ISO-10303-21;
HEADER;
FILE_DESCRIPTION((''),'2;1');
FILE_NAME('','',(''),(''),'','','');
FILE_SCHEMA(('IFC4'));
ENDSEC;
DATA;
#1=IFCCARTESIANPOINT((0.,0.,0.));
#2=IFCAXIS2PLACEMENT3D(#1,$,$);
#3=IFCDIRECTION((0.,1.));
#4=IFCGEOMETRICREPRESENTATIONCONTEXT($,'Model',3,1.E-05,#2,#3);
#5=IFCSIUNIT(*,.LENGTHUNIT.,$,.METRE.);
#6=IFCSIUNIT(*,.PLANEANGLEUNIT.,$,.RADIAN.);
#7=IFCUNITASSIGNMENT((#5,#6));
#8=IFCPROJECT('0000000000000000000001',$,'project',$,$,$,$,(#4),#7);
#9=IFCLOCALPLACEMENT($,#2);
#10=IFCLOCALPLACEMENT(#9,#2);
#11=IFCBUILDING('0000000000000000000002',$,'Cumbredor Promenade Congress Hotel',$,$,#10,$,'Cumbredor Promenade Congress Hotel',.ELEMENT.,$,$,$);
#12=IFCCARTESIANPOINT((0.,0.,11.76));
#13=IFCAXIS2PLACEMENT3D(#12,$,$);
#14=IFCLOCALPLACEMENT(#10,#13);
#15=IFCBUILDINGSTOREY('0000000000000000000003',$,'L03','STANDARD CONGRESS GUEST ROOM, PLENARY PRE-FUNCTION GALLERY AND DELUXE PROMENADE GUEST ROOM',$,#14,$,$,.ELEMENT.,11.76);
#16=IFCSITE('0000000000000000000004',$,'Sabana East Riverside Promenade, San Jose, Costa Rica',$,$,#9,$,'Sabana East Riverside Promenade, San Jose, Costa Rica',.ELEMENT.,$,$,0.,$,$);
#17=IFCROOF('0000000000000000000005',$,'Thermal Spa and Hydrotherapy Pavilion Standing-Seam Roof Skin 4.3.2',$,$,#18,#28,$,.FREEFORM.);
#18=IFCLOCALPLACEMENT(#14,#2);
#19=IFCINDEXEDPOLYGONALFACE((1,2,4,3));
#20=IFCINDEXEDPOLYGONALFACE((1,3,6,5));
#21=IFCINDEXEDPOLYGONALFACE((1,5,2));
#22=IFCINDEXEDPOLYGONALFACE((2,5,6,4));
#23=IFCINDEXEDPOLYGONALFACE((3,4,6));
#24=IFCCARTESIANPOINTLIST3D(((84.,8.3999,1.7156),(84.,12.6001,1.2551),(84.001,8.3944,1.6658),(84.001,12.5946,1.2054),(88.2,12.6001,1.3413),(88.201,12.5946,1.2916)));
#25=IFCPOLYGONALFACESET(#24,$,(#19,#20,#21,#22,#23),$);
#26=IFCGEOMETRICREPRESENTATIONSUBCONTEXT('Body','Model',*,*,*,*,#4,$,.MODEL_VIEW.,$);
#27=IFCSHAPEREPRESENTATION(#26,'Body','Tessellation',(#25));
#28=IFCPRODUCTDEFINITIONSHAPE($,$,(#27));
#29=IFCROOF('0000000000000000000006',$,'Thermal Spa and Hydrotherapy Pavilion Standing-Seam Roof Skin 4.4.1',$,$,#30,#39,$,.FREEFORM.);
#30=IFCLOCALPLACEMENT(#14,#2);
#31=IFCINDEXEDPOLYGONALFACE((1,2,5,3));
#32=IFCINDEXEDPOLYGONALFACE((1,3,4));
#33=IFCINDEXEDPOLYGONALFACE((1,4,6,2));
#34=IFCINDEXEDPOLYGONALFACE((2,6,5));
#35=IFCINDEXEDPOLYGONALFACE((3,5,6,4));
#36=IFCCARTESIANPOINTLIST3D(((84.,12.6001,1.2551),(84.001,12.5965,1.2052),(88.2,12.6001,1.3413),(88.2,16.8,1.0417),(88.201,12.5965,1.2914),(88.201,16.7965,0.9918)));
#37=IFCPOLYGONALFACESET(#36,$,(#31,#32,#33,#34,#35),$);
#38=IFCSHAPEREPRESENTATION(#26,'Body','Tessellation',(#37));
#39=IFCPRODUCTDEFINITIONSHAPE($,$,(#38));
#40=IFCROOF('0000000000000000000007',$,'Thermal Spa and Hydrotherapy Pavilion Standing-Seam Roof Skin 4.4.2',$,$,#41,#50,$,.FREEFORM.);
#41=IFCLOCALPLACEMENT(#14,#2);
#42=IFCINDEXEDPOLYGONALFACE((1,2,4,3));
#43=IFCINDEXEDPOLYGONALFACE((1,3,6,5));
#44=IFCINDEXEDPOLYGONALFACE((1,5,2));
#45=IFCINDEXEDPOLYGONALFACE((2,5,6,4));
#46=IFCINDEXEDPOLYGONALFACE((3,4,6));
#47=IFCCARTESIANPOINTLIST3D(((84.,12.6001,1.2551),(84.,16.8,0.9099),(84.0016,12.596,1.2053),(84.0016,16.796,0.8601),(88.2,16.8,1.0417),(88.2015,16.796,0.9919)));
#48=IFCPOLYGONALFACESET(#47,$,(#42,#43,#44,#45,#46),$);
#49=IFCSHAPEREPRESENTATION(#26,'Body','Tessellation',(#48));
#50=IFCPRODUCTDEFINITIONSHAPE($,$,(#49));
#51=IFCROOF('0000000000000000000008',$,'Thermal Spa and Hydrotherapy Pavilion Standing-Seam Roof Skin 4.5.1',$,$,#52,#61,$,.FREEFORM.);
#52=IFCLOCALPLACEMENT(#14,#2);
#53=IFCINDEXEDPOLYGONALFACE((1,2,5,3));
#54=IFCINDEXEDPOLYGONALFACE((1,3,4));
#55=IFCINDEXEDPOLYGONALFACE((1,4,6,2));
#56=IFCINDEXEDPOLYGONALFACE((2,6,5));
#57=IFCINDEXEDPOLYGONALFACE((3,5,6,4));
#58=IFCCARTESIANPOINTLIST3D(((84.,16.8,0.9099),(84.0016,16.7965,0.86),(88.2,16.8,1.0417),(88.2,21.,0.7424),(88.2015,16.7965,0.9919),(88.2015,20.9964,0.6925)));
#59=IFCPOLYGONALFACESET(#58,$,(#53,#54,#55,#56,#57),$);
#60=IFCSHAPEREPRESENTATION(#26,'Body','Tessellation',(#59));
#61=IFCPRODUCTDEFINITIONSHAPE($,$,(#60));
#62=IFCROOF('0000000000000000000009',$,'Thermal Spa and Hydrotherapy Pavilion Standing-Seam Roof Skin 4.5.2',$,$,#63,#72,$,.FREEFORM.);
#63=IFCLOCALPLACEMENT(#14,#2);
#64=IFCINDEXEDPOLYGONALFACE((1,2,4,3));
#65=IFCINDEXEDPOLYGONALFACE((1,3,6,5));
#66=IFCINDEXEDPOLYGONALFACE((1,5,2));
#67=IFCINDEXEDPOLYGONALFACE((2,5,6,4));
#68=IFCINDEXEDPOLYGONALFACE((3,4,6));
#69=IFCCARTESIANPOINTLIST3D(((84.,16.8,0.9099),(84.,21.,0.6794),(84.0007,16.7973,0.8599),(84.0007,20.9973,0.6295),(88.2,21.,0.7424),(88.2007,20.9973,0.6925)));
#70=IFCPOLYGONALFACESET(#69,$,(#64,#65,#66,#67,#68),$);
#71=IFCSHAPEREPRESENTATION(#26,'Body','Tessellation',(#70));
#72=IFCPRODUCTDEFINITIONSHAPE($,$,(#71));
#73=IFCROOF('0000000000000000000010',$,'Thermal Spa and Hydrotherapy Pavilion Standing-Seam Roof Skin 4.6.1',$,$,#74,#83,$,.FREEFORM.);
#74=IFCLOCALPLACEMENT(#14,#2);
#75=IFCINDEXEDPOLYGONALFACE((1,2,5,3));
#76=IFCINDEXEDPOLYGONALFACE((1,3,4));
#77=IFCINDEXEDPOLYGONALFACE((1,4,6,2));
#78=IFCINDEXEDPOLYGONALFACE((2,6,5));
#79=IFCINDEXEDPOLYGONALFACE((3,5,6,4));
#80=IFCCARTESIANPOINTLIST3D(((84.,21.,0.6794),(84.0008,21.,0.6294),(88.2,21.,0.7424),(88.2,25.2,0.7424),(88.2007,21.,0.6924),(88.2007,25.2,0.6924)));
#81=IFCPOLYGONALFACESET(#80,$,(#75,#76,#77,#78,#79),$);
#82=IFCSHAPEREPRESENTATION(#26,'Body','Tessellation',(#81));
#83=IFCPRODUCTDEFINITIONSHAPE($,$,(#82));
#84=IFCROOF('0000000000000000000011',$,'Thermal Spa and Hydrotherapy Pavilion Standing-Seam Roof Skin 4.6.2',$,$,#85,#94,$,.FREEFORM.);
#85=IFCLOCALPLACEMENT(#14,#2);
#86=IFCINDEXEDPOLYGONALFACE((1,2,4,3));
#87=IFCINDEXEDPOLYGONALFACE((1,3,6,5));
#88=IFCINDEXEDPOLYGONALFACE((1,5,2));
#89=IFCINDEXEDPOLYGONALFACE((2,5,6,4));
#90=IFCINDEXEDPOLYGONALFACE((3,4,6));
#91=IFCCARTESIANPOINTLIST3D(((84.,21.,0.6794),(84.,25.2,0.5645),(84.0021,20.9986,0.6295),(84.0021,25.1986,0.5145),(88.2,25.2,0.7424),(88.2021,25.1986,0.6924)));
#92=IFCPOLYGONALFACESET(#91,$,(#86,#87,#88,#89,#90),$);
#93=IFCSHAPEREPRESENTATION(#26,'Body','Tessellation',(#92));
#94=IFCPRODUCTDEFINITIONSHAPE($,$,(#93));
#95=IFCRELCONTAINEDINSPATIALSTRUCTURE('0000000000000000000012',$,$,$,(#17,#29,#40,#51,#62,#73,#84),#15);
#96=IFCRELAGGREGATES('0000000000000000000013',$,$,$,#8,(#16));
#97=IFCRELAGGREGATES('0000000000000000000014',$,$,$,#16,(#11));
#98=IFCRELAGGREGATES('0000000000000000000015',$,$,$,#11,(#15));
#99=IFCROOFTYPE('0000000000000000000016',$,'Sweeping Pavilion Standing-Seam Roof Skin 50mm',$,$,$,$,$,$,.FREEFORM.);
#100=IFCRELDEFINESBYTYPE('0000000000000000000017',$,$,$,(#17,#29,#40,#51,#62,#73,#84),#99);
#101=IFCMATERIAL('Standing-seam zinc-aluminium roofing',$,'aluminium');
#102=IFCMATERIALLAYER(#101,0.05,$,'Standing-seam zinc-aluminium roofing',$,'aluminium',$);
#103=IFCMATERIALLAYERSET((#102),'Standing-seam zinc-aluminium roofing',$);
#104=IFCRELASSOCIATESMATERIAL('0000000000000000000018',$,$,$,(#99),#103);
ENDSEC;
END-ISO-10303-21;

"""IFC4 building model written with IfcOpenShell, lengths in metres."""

from ifc_helpers import new_model, si_unit, direction, frame, origin, place, context, subcontext, project, spatial, polyline, outline, extrude, material, layer, layer_set, type_object, element, save


model = new_model("IFC4")

# Units and contexts
model_context = context("Model", 3, precision=1e-05, world=origin(), true_north=direction((0.0, 1.0)))
body_context = subcontext(model_context, "Body", "Model", "MODEL_VIEW")
ifc_project = project(units=[si_unit("LENGTHUNIT", "METRE"), si_unit("PLANEANGLEUNIT", "RADIAN")], contexts=[model_context])

# Site, building, storey
site_placement = place(None, origin())
site = spatial("IfcSite", under=ifc_project, at=site_placement, Name="Sabana East Riverside Promenade, San Jose, Costa Rica", LongName="Sabana East Riverside Promenade, San Jose, Costa Rica", CompositionType="ELEMENT", RefElevation=0.0)
building_placement = place(site_placement, origin())
building = spatial("IfcBuilding", under=site, at=building_placement, Name="Cumbredor Promenade Congress Hotel", LongName="Cumbredor Promenade Congress Hotel", CompositionType="ELEMENT")
storey_placement = place(building_placement, frame((0.0, 0.0, 11.76)))
storey = spatial("IfcBuildingStorey", under=building, at=storey_placement, Name="L03", Description="STANDARD CONGRESS GUEST ROOM, PLENARY PRE-FUNCTION GALLERY AND DELUXE PROMENADE GUEST ROOM", CompositionType="ELEMENT", Elevation=11.76)

# Roofs
ifc_material_1 = material(Name="Standing-seam zinc-aluminium roofing", Category="aluminium")
ifc_layer_1 = layer(ifc_material_1, 0.05, Name="Standing-seam zinc-aluminium roofing", Category="aluminium")
ifc_layer_set_1 = layer_set([ifc_layer_1], Name="Standing-seam zinc-aluminium roofing")
roof_type = type_object("IfcRoofType", Name="Sweeping Pavilion Standing-Seam Roof Skin 50mm", PredefinedType="FREEFORM", material=ifc_layer_set_1)
roof_1_placement = place(storey_placement, frame((84.0, 8.3999, 1.7156), z_axis=(-0.020393, 0.10895, 0.993838), x_axis=(0.705687, 0.705728, -0.062885)))
element("IfcRoof", 1, at=roof_1_placement, inside=storey, type_object=roof_type, Name="Thermal Spa and Hydrotherapy Pavilion Standing-Seam Roof Skin 4.3.2", PredefinedType="FREEFORM", context=body_context, shape_type="SweptSolid", body=[
    extrude(outline(polyline([(0.0, 0.0), (5.9516, 0.0), (2.9931, 2.9824), (0.0, 0.0)])), origin(), (0.0, 0.0, -1.0), 0.05),
])
roof_2_placement = place(storey_placement, frame((84.0, 12.6001, 1.2551), z_axis=(-0.020463, 0.071129, 0.997257), x_axis=(0.99979, 0.0, 0.020515)))
element("IfcRoof", 2, at=roof_2_placement, inside=storey, type_object=roof_type, Name="Thermal Spa and Hydrotherapy Pavilion Standing-Seam Roof Skin 4.4.1", PredefinedType="FREEFORM", context=body_context, shape_type="SweptSolid", body=[
    extrude(outline(polyline([(0.0, 0.0), (4.2008, 0.0), (4.1947, 4.2106), (0.0, 0.0)])), origin(), (0.0, 0.0, -1.0), 0.05),
])
roof_3_placement = place(storey_placement, frame((84.0, 12.6001, 1.2551), z_axis=(-0.031269, 0.081879, 0.996152), x_axis=(0.706651, 0.706651, -0.035901)))
element("IfcRoof", 3, at=roof_3_placement, inside=storey, type_object=roof_type, Name="Thermal Spa and Hydrotherapy Pavilion Standing-Seam Roof Skin 4.4.2", PredefinedType="FREEFORM", context=body_context, shape_type="SweptSolid", body=[
    extrude(outline(polyline([(0.0, 0.0), (5.9435, 0.0), (2.9803, 2.9794), (0.0, 0.0)])), origin(), (0.0, 0.0, -1.0), 0.05),
])
roof_4_placement = place(storey_placement, frame((84.0, 16.8, 0.9099), z_axis=(-0.031295, 0.071052, 0.996982), x_axis=(0.999508, 0.0, 0.031374)))
element("IfcRoof", 4, at=roof_4_placement, inside=storey, type_object=roof_type, Name="Thermal Spa and Hydrotherapy Pavilion Standing-Seam Roof Skin 4.5.1", PredefinedType="FREEFORM", context=body_context, shape_type="SweptSolid", body=[
    extrude(outline(polyline([(0.0, 0.0), (4.202, 0.0), (4.1926, 4.2106), (0.0, 0.0)])), origin(), (0.0, 0.0, -1.0), 0.05),
])
roof_5_placement = place(storey_placement, frame((84.0, 16.8, 0.9099), z_axis=(-0.014973, 0.054786, 0.998386), x_axis=(0.706826, 0.706826, -0.028186)))
element("IfcRoof", 5, at=roof_5_placement, inside=storey, type_object=roof_type, Name="Thermal Spa and Hydrotherapy Pavilion Standing-Seam Roof Skin 4.5.2", PredefinedType="FREEFORM", context=body_context, shape_type="SweptSolid", body=[
    extrude(outline(polyline([(0.0, 0.0), (5.942, 0.0), (2.9751, 2.9734), (0.0, 0.0)])), origin(), (0.0, 0.0, -1.0), 0.05),
])
roof_6_placement = place(storey_placement, frame((84.0, 21.0, 0.6794), z_axis=(-0.014996, 0.0, 0.999888), x_axis=(0.999888, 0.0, 0.014996)))
element("IfcRoof", 6, at=roof_6_placement, inside=storey, type_object=roof_type, Name="Thermal Spa and Hydrotherapy Pavilion Standing-Seam Roof Skin 4.6.1", PredefinedType="FREEFORM", context=body_context, shape_type="SweptSolid", body=[
    extrude(outline(polyline([(0.0, 0.0), (4.2004, 0.0), (4.2004, 4.2), (0.0, 0.0)])), origin(), (0.0, 0.0, -1.0), 0.05),
])
roof_7_placement = place(storey_placement, frame((84.0, 21.0, 0.6794), z_axis=(-0.042323, 0.027344, 0.99873), x_axis=(0.707067, 0.707067, 0.010604)))
element("IfcRoof", 7, at=roof_7_placement, inside=storey, type_object=roof_type, Name="Thermal Spa and Hydrotherapy Pavilion Standing-Seam Roof Skin 4.6.2", PredefinedType="FREEFORM", context=body_context, shape_type="SweptSolid", body=[
    extrude(outline(polyline([(0.0, 0.0), (5.94, 0.0), (2.9684, 2.9734), (0.0, 0.0)])), origin(), (0.0, 0.0, -1.0), 0.05),
])

save(model, "model.ifc")
